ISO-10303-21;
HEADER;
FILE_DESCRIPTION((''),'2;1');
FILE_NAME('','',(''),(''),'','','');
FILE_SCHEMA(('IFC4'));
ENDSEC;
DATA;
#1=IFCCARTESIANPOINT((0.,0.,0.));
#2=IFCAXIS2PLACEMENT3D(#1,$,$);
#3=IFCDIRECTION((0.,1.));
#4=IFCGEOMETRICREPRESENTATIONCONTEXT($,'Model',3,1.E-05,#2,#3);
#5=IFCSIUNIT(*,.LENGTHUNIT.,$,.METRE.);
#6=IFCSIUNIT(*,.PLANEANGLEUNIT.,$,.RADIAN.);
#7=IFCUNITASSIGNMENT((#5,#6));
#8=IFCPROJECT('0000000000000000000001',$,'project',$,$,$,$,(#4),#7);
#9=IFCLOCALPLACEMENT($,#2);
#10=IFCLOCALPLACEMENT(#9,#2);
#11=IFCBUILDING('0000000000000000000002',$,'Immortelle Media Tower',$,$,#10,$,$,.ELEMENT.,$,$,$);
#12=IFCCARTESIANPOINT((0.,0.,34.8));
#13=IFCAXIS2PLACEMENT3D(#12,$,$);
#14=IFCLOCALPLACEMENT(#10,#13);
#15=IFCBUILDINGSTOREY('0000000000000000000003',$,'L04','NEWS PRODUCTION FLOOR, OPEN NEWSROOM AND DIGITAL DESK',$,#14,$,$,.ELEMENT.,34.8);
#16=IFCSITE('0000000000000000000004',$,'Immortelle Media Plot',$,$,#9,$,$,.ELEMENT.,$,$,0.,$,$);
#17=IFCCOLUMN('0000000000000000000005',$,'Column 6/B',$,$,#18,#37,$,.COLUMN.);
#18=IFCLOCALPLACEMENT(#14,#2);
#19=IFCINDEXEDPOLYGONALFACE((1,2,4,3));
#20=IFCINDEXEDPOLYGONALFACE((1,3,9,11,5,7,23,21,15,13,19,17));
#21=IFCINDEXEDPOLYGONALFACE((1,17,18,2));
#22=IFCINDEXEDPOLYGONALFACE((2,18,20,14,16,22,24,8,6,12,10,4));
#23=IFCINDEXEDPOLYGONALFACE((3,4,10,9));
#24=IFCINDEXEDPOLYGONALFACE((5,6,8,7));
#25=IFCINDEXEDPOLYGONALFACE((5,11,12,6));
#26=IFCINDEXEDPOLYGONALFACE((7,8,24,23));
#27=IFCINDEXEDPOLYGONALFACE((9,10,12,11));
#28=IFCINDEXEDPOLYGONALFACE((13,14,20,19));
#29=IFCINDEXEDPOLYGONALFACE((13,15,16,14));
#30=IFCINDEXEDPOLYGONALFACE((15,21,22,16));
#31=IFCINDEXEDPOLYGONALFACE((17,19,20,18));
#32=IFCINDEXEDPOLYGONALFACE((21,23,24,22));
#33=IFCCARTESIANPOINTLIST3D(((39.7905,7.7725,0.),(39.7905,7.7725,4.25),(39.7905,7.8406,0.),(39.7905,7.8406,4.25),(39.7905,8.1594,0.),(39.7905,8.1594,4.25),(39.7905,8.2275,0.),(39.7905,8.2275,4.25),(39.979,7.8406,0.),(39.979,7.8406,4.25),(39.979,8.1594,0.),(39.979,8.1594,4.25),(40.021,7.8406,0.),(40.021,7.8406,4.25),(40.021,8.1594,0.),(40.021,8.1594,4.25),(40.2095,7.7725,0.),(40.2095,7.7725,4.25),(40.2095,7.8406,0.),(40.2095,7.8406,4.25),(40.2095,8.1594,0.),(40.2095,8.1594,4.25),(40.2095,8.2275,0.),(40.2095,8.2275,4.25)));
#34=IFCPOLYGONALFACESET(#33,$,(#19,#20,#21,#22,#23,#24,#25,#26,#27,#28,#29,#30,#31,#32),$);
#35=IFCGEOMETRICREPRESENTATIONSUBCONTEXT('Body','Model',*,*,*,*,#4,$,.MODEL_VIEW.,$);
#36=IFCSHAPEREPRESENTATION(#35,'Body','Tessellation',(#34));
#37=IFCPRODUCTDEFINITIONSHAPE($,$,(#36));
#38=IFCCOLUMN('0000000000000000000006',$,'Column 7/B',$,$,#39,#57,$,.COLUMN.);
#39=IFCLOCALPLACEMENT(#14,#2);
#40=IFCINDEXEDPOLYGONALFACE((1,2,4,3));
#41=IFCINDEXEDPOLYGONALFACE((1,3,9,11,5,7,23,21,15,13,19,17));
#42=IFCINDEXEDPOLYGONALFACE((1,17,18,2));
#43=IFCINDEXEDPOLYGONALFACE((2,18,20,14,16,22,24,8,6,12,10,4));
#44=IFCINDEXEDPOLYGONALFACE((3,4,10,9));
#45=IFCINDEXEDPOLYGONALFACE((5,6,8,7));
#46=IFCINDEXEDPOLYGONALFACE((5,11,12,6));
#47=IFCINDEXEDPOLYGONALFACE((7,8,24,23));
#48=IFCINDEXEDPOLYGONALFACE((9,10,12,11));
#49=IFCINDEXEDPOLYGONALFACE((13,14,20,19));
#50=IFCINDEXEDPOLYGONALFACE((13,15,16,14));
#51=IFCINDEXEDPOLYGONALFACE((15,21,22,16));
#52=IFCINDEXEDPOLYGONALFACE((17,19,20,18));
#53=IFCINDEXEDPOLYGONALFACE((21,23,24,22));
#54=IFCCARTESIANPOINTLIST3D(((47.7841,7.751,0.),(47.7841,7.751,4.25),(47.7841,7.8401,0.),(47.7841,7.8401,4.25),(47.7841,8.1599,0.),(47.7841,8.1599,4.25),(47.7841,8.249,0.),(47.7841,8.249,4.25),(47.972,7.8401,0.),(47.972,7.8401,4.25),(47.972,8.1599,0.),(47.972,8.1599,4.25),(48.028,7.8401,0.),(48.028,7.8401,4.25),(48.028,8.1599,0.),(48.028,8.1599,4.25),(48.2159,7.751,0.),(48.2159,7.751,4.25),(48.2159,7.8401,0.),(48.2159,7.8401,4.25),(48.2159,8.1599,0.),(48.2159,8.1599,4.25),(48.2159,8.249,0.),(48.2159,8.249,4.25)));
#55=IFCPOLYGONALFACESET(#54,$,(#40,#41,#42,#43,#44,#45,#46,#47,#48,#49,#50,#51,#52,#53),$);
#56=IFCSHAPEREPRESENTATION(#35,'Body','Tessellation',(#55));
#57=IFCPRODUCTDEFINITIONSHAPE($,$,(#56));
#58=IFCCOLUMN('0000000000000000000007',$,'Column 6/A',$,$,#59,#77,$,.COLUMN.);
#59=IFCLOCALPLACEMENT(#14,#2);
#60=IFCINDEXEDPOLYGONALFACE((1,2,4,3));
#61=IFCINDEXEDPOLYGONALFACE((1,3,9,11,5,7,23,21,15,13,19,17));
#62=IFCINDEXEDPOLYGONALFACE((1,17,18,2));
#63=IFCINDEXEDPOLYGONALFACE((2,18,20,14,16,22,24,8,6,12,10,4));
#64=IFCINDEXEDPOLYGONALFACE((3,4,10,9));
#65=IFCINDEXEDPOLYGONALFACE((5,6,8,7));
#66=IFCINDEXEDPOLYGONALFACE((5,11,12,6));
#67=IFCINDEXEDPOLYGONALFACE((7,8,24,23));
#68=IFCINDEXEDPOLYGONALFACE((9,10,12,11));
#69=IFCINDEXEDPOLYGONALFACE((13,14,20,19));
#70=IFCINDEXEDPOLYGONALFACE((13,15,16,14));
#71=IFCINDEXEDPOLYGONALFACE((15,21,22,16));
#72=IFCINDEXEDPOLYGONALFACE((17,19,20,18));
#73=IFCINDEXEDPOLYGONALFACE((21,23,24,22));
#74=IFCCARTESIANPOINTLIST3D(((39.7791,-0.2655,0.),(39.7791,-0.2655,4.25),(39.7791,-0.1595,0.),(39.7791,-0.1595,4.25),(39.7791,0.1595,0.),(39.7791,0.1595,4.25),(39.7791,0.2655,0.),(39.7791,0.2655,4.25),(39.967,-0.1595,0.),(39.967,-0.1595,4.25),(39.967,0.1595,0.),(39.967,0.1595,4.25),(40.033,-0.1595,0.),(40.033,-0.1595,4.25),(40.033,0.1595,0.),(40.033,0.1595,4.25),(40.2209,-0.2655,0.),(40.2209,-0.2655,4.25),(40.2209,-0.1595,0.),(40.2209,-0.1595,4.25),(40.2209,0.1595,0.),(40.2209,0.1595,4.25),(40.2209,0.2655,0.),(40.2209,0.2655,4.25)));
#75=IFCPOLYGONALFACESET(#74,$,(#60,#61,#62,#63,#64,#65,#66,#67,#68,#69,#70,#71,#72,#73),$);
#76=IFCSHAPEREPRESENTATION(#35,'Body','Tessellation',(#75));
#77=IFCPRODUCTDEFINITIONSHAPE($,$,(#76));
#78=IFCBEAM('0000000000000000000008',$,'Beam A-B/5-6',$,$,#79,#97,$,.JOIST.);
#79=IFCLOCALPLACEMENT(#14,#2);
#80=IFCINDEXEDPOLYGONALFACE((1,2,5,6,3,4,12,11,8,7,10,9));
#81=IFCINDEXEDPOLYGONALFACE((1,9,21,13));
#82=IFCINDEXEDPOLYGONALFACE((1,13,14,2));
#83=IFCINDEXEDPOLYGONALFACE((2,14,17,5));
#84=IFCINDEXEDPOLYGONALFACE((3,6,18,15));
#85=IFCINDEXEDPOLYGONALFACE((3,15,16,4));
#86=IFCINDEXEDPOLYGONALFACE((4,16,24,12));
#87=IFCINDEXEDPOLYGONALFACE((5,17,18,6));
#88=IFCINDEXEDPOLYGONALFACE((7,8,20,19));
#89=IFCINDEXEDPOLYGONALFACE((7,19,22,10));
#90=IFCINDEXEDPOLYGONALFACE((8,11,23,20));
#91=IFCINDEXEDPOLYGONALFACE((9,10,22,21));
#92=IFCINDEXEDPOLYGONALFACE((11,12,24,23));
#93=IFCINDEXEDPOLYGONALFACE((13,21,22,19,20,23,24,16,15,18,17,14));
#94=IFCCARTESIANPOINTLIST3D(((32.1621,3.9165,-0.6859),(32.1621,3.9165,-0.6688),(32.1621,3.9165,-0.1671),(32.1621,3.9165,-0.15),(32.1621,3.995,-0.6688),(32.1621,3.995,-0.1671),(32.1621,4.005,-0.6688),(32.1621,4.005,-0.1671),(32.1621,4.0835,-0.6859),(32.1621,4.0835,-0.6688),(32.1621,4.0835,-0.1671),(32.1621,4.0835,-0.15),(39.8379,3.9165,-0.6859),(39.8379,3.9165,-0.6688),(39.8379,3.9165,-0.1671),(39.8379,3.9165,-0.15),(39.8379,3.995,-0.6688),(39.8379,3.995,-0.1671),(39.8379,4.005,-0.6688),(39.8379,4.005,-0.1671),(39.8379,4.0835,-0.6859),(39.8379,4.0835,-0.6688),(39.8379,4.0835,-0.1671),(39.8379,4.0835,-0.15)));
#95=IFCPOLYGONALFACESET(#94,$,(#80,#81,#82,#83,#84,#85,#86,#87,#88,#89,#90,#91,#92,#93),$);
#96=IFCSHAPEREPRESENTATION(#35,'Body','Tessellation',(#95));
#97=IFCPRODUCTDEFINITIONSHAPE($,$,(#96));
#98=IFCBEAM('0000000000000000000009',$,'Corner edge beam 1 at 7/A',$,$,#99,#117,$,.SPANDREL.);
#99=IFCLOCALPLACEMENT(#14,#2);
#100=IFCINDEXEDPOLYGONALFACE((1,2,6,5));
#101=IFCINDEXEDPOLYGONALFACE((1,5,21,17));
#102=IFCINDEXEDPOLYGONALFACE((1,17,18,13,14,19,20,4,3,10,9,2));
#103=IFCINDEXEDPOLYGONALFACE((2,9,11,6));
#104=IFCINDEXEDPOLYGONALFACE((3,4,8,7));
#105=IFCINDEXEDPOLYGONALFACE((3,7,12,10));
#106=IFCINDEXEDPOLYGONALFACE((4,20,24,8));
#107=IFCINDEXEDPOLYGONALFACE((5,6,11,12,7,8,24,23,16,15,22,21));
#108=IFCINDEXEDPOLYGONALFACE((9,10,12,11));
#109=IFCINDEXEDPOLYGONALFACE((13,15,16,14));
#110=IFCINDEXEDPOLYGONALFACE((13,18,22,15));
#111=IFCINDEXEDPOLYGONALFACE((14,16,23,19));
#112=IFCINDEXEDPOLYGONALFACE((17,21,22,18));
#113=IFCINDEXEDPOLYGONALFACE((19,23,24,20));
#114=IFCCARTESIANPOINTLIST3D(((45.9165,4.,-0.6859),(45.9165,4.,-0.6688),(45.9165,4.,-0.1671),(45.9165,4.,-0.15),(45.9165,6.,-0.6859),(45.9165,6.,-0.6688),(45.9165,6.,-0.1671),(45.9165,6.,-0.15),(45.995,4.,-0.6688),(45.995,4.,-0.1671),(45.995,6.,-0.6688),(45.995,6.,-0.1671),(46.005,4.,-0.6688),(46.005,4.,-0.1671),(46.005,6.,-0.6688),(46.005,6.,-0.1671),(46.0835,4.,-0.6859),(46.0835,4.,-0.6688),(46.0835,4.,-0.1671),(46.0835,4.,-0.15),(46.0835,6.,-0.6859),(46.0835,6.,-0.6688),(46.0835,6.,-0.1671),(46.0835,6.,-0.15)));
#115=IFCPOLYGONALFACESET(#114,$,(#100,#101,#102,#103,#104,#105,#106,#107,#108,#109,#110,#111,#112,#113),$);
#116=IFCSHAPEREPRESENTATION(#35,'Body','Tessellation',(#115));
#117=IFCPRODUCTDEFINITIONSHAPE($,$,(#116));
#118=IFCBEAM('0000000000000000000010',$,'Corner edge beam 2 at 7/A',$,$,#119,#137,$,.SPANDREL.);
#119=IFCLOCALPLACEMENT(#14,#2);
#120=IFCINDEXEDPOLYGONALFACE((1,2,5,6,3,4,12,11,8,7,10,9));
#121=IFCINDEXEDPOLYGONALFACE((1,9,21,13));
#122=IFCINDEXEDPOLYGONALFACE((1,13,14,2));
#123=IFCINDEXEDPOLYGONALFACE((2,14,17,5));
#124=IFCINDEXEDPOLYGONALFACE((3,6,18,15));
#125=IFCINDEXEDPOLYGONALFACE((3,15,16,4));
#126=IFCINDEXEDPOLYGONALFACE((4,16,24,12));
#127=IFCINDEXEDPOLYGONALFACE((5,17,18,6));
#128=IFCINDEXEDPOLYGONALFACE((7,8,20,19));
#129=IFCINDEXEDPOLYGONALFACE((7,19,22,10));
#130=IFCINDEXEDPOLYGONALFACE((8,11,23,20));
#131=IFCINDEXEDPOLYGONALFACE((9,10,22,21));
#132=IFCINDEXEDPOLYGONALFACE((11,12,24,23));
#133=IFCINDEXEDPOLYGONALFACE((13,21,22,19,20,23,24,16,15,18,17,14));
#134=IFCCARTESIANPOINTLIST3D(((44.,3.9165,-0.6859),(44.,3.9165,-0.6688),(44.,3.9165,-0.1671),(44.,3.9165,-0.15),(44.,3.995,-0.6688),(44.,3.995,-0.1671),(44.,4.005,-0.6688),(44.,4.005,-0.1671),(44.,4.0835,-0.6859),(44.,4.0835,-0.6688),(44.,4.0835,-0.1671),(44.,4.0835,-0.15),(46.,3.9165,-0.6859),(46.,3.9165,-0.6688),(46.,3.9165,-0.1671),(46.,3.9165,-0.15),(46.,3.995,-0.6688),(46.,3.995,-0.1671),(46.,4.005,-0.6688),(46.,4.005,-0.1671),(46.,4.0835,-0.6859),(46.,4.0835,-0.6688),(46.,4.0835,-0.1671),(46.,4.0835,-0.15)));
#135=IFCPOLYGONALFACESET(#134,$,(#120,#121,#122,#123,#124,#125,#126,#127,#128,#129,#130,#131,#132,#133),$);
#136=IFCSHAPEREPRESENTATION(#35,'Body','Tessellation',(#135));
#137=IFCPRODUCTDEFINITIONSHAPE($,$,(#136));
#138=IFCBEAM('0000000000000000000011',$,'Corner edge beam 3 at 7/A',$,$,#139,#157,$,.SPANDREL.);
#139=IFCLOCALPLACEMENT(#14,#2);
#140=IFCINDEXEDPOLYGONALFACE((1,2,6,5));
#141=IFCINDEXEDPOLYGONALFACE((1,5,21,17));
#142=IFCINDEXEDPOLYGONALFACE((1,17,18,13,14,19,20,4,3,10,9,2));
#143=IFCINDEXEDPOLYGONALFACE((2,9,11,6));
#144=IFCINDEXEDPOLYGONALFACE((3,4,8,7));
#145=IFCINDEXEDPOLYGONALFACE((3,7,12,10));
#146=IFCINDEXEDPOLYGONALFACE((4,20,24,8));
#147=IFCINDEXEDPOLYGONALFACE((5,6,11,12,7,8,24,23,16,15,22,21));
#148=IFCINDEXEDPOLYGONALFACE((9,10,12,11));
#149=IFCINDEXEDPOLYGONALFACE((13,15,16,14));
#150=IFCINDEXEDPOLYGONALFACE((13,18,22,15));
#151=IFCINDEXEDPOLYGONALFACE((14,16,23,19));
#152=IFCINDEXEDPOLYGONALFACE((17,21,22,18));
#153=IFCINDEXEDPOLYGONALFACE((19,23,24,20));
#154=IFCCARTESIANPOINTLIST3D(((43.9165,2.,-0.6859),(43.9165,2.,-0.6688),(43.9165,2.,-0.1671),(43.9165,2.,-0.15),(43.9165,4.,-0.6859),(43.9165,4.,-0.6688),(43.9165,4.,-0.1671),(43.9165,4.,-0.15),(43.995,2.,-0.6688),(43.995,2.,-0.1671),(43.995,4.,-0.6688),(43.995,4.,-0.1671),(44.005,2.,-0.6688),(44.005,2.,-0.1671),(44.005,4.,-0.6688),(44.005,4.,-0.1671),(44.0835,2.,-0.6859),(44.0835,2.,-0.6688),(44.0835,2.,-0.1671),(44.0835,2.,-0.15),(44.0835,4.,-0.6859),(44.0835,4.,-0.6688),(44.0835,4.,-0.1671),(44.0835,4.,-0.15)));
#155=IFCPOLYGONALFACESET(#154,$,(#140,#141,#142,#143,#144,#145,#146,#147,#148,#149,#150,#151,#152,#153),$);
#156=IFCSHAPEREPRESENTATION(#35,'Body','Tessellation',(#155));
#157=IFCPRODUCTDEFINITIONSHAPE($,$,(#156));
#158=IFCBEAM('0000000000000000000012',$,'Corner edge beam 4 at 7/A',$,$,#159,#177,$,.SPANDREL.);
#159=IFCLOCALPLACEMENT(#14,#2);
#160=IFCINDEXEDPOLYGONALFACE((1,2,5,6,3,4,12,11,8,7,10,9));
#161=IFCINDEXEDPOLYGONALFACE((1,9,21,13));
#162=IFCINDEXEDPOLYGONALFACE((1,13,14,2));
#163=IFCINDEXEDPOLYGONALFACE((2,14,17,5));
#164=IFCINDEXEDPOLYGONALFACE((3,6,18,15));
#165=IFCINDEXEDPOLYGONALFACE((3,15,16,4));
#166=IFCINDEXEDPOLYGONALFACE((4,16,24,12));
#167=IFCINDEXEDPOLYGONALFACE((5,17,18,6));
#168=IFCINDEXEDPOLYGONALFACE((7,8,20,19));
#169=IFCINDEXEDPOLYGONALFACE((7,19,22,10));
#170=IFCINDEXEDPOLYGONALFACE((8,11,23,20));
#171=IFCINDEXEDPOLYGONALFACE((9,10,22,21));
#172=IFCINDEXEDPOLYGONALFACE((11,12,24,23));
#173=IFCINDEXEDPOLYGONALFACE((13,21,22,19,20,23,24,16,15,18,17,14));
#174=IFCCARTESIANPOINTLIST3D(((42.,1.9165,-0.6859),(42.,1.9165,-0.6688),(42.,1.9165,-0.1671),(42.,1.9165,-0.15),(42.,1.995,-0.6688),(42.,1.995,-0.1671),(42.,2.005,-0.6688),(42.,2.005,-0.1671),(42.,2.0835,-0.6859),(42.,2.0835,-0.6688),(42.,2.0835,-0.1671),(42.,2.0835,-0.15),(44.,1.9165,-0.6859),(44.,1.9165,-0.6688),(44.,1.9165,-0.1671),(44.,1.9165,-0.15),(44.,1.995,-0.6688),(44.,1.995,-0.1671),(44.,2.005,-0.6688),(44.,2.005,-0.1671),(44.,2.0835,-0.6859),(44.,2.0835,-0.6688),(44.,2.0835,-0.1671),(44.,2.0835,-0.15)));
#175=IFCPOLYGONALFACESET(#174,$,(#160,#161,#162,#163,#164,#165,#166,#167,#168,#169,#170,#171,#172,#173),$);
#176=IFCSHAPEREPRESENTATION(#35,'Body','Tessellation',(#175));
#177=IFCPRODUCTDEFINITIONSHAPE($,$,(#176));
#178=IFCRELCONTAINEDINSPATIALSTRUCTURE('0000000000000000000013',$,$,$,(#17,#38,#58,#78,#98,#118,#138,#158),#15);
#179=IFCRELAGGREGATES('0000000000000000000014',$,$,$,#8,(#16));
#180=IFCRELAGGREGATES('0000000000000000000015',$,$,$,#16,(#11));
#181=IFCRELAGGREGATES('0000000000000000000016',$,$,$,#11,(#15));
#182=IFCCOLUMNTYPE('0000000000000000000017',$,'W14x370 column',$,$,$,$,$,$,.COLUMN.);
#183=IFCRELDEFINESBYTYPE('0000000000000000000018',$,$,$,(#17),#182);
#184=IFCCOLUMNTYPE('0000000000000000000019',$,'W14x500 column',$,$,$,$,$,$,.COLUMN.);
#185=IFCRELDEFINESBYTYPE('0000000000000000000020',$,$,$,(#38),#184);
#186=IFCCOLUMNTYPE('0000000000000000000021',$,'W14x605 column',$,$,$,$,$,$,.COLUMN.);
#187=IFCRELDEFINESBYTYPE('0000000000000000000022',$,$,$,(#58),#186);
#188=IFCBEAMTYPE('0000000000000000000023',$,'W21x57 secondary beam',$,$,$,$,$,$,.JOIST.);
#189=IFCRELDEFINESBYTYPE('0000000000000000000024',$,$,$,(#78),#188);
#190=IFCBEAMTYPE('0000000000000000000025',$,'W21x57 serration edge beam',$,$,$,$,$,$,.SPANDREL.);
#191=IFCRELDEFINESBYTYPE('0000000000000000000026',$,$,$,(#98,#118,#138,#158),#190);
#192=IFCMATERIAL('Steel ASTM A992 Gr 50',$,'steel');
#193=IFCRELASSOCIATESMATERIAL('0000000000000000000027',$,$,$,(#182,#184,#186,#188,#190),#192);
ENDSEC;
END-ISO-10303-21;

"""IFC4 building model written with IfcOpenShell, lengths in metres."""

from ifc_helpers import new_model, si_unit, direction, frame, origin, origin_2d, place, context, subcontext, project, spatial, i_section, extrude, material, material_profile, profile_set, type_object, element, save


model = new_model("IFC4")

# Units and contexts
model_context = context("Model", 3, precision=1e-05, world=origin(), true_north=direction((0.0, 1.0)))
body_context = subcontext(model_context, "Body", "Model", "MODEL_VIEW")
ifc_project = project(units=[si_unit("LENGTHUNIT", "METRE"), si_unit("PLANEANGLEUNIT", "RADIAN")], contexts=[model_context])

# Site, building, storey
site_placement = place(None, origin())
site = spatial("IfcSite", under=ifc_project, at=site_placement, Name="Immortelle Media Plot", CompositionType="ELEMENT", RefElevation=0.0)
building_placement = place(site_placement, origin())
building = spatial("IfcBuilding", under=site, at=building_placement, Name="Immortelle Media Tower", CompositionType="ELEMENT")
storey_placement = place(building_placement, frame((0.0, 0.0, 34.8)))
storey = spatial("IfcBuildingStorey", under=building, at=storey_placement, Name="L04", Description="NEWS PRODUCTION FLOOR, OPEN NEWSROOM AND DIGITAL DESK", CompositionType="ELEMENT", Elevation=34.8)

# Columns
ifc_material_1 = material(Name="Steel ASTM A992 Gr 50", Category="steel")
ifc_material_profile_1 = material_profile(ifc_material_1, i_section(OverallWidth=0.4189, OverallDepth=0.4551, WebThickness=0.042, FlangeThickness=0.0681, at=origin_2d()), Name="W14x370")
ifc_profile_set_1 = profile_set([ifc_material_profile_1], Name="Steel ASTM A992 Gr 50")
column_type_1 = type_object("IfcColumnType", Name="W14x370 column", PredefinedType="COLUMN", material=ifc_profile_set_1)
column_1_placement = place(storey_placement, frame((40.0, 8.0, 0.0), z_axis=(0.0, 0.0, 1.0), x_axis=(1.0, 0.0, 0.0)))
element("IfcColumn", 1, at=column_1_placement, inside=storey, type_object=column_type_1, Name="Column 6/B", PredefinedType="COLUMN", context=body_context, shape_type="SweptSolid", body=[
    extrude(i_section(OverallWidth=0.4189, OverallDepth=0.4551, WebThickness=0.042, FlangeThickness=0.0681, at=origin_2d()), origin(), (0.0, 0.0, 1.0), 4.25),
])
ifc_material_profile_2 = material_profile(ifc_material_1, i_section(OverallWidth=0.4319, OverallDepth=0.498, WebThickness=0.0559, FlangeThickness=0.0891, at=origin_2d()), Name="W14x500")
ifc_profile_set_2 = profile_set([ifc_material_profile_2], Name="Steel ASTM A992 Gr 50")
column_type_2 = type_object("IfcColumnType", Name="W14x500 column", PredefinedType="COLUMN", material=ifc_profile_set_2)
column_2_placement = place(storey_placement, frame((48.0, 8.0, 0.0), z_axis=(0.0, 0.0, 1.0), x_axis=(1.0, 0.0, 0.0)))
element("IfcColumn", 2, at=column_2_placement, inside=storey, type_object=column_type_2, Name="Column 7/B", PredefinedType="COLUMN", context=body_context, shape_type="SweptSolid", body=[
    extrude(i_section(OverallWidth=0.4319, OverallDepth=0.498, WebThickness=0.0559, FlangeThickness=0.0891, at=origin_2d()), origin(), (0.0, 0.0, 1.0), 4.25),
])
ifc_material_profile_3 = material_profile(ifc_material_1, i_section(OverallWidth=0.4419, OverallDepth=0.531, WebThickness=0.0659, FlangeThickness=0.106, at=origin_2d()), Name="W14x605")
ifc_profile_set_3 = profile_set([ifc_material_profile_3], Name="Steel ASTM A992 Gr 50")
column_type_3 = type_object("IfcColumnType", Name="W14x605 column", PredefinedType="COLUMN", material=ifc_profile_set_3)
column_3_placement = place(storey_placement, frame((40.0, 0.0, 0.0), z_axis=(0.0, 0.0, 1.0), x_axis=(1.0, 0.0, 0.0)))
element("IfcColumn", 3, at=column_3_placement, inside=storey, type_object=column_type_3, Name="Column 6/A", PredefinedType="COLUMN", context=body_context, shape_type="SweptSolid", body=[
    extrude(i_section(OverallWidth=0.4419, OverallDepth=0.531, WebThickness=0.0659, FlangeThickness=0.106, at=origin_2d()), origin(), (0.0, 0.0, 1.0), 4.25),
])

# Beams
ifc_material_profile_4 = material_profile(ifc_material_1, i_section(OverallWidth=0.167, OverallDepth=0.5359, WebThickness=0.01, FlangeThickness=0.0171, at=origin_2d()), Name="W21x57")
ifc_profile_set_4 = profile_set([ifc_material_profile_4], Name="Steel ASTM A992 Gr 50")
beam_type_1 = type_object("IfcBeamType", Name="W21x57 secondary beam", PredefinedType="JOIST", material=ifc_profile_set_4)
beam_1_placement = place(storey_placement, frame((32.1621, 4.0, -0.418), z_axis=(1.0, 0.0, 0.0), x_axis=(0.0, 1.0, 0.0)))
element("IfcBeam", 4, at=beam_1_placement, inside=storey, type_object=beam_type_1, Name="Beam A-B/5-6", PredefinedType="JOIST", context=body_context, shape_type="SweptSolid", body=[
    extrude(i_section(OverallWidth=0.167, OverallDepth=0.5359, WebThickness=0.01, FlangeThickness=0.0171, at=origin_2d()), origin(), (0.0, 0.0, 1.0), 7.6758),
])
ifc_material_profile_5 = material_profile(ifc_material_1, i_section(OverallWidth=0.167, OverallDepth=0.5359, WebThickness=0.01, FlangeThickness=0.0171, at=origin_2d()), Name="W21x57")
ifc_profile_set_5 = profile_set([ifc_material_profile_5], Name="Steel ASTM A992 Gr 50")
beam_type_2 = type_object("IfcBeamType", Name="W21x57 serration edge beam", PredefinedType="SPANDREL", material=ifc_profile_set_5)
for number, where, z_axis, x_axis, name in (
    (5, (46.0, 6.0, -0.418), (0.0, -1.0, 0.0), (1.0, 0.0, 0.0), "Corner edge beam 1 at 7/A"),
    (6, (46.0, 4.0, -0.418), (-1.0, 0.0, 0.0), (0.0, -1.0, 0.0), "Corner edge beam 2 at 7/A"),
    (7, (44.0, 4.0, -0.418), (0.0, -1.0, 0.0), (1.0, 0.0, 0.0), "Corner edge beam 3 at 7/A"),
    (8, (44.0, 2.0, -0.418), (-1.0, 0.0, 0.0), (0.0, -1.0, 0.0), "Corner edge beam 4 at 7/A"),
):
    element("IfcBeam", number, at=place(storey_placement, frame(where, z_axis=z_axis, x_axis=x_axis)), inside=storey, type_object=beam_type_2, Name=name, PredefinedType="SPANDREL", context=body_context, shape_type="SweptSolid", body=[
        extrude(i_section(OverallWidth=0.167, OverallDepth=0.5359, WebThickness=0.01, FlangeThickness=0.0171, at=origin_2d()), origin(), (0.0, 0.0, 1.0), 2.0),
    ])

save(model, "model.ifc")
